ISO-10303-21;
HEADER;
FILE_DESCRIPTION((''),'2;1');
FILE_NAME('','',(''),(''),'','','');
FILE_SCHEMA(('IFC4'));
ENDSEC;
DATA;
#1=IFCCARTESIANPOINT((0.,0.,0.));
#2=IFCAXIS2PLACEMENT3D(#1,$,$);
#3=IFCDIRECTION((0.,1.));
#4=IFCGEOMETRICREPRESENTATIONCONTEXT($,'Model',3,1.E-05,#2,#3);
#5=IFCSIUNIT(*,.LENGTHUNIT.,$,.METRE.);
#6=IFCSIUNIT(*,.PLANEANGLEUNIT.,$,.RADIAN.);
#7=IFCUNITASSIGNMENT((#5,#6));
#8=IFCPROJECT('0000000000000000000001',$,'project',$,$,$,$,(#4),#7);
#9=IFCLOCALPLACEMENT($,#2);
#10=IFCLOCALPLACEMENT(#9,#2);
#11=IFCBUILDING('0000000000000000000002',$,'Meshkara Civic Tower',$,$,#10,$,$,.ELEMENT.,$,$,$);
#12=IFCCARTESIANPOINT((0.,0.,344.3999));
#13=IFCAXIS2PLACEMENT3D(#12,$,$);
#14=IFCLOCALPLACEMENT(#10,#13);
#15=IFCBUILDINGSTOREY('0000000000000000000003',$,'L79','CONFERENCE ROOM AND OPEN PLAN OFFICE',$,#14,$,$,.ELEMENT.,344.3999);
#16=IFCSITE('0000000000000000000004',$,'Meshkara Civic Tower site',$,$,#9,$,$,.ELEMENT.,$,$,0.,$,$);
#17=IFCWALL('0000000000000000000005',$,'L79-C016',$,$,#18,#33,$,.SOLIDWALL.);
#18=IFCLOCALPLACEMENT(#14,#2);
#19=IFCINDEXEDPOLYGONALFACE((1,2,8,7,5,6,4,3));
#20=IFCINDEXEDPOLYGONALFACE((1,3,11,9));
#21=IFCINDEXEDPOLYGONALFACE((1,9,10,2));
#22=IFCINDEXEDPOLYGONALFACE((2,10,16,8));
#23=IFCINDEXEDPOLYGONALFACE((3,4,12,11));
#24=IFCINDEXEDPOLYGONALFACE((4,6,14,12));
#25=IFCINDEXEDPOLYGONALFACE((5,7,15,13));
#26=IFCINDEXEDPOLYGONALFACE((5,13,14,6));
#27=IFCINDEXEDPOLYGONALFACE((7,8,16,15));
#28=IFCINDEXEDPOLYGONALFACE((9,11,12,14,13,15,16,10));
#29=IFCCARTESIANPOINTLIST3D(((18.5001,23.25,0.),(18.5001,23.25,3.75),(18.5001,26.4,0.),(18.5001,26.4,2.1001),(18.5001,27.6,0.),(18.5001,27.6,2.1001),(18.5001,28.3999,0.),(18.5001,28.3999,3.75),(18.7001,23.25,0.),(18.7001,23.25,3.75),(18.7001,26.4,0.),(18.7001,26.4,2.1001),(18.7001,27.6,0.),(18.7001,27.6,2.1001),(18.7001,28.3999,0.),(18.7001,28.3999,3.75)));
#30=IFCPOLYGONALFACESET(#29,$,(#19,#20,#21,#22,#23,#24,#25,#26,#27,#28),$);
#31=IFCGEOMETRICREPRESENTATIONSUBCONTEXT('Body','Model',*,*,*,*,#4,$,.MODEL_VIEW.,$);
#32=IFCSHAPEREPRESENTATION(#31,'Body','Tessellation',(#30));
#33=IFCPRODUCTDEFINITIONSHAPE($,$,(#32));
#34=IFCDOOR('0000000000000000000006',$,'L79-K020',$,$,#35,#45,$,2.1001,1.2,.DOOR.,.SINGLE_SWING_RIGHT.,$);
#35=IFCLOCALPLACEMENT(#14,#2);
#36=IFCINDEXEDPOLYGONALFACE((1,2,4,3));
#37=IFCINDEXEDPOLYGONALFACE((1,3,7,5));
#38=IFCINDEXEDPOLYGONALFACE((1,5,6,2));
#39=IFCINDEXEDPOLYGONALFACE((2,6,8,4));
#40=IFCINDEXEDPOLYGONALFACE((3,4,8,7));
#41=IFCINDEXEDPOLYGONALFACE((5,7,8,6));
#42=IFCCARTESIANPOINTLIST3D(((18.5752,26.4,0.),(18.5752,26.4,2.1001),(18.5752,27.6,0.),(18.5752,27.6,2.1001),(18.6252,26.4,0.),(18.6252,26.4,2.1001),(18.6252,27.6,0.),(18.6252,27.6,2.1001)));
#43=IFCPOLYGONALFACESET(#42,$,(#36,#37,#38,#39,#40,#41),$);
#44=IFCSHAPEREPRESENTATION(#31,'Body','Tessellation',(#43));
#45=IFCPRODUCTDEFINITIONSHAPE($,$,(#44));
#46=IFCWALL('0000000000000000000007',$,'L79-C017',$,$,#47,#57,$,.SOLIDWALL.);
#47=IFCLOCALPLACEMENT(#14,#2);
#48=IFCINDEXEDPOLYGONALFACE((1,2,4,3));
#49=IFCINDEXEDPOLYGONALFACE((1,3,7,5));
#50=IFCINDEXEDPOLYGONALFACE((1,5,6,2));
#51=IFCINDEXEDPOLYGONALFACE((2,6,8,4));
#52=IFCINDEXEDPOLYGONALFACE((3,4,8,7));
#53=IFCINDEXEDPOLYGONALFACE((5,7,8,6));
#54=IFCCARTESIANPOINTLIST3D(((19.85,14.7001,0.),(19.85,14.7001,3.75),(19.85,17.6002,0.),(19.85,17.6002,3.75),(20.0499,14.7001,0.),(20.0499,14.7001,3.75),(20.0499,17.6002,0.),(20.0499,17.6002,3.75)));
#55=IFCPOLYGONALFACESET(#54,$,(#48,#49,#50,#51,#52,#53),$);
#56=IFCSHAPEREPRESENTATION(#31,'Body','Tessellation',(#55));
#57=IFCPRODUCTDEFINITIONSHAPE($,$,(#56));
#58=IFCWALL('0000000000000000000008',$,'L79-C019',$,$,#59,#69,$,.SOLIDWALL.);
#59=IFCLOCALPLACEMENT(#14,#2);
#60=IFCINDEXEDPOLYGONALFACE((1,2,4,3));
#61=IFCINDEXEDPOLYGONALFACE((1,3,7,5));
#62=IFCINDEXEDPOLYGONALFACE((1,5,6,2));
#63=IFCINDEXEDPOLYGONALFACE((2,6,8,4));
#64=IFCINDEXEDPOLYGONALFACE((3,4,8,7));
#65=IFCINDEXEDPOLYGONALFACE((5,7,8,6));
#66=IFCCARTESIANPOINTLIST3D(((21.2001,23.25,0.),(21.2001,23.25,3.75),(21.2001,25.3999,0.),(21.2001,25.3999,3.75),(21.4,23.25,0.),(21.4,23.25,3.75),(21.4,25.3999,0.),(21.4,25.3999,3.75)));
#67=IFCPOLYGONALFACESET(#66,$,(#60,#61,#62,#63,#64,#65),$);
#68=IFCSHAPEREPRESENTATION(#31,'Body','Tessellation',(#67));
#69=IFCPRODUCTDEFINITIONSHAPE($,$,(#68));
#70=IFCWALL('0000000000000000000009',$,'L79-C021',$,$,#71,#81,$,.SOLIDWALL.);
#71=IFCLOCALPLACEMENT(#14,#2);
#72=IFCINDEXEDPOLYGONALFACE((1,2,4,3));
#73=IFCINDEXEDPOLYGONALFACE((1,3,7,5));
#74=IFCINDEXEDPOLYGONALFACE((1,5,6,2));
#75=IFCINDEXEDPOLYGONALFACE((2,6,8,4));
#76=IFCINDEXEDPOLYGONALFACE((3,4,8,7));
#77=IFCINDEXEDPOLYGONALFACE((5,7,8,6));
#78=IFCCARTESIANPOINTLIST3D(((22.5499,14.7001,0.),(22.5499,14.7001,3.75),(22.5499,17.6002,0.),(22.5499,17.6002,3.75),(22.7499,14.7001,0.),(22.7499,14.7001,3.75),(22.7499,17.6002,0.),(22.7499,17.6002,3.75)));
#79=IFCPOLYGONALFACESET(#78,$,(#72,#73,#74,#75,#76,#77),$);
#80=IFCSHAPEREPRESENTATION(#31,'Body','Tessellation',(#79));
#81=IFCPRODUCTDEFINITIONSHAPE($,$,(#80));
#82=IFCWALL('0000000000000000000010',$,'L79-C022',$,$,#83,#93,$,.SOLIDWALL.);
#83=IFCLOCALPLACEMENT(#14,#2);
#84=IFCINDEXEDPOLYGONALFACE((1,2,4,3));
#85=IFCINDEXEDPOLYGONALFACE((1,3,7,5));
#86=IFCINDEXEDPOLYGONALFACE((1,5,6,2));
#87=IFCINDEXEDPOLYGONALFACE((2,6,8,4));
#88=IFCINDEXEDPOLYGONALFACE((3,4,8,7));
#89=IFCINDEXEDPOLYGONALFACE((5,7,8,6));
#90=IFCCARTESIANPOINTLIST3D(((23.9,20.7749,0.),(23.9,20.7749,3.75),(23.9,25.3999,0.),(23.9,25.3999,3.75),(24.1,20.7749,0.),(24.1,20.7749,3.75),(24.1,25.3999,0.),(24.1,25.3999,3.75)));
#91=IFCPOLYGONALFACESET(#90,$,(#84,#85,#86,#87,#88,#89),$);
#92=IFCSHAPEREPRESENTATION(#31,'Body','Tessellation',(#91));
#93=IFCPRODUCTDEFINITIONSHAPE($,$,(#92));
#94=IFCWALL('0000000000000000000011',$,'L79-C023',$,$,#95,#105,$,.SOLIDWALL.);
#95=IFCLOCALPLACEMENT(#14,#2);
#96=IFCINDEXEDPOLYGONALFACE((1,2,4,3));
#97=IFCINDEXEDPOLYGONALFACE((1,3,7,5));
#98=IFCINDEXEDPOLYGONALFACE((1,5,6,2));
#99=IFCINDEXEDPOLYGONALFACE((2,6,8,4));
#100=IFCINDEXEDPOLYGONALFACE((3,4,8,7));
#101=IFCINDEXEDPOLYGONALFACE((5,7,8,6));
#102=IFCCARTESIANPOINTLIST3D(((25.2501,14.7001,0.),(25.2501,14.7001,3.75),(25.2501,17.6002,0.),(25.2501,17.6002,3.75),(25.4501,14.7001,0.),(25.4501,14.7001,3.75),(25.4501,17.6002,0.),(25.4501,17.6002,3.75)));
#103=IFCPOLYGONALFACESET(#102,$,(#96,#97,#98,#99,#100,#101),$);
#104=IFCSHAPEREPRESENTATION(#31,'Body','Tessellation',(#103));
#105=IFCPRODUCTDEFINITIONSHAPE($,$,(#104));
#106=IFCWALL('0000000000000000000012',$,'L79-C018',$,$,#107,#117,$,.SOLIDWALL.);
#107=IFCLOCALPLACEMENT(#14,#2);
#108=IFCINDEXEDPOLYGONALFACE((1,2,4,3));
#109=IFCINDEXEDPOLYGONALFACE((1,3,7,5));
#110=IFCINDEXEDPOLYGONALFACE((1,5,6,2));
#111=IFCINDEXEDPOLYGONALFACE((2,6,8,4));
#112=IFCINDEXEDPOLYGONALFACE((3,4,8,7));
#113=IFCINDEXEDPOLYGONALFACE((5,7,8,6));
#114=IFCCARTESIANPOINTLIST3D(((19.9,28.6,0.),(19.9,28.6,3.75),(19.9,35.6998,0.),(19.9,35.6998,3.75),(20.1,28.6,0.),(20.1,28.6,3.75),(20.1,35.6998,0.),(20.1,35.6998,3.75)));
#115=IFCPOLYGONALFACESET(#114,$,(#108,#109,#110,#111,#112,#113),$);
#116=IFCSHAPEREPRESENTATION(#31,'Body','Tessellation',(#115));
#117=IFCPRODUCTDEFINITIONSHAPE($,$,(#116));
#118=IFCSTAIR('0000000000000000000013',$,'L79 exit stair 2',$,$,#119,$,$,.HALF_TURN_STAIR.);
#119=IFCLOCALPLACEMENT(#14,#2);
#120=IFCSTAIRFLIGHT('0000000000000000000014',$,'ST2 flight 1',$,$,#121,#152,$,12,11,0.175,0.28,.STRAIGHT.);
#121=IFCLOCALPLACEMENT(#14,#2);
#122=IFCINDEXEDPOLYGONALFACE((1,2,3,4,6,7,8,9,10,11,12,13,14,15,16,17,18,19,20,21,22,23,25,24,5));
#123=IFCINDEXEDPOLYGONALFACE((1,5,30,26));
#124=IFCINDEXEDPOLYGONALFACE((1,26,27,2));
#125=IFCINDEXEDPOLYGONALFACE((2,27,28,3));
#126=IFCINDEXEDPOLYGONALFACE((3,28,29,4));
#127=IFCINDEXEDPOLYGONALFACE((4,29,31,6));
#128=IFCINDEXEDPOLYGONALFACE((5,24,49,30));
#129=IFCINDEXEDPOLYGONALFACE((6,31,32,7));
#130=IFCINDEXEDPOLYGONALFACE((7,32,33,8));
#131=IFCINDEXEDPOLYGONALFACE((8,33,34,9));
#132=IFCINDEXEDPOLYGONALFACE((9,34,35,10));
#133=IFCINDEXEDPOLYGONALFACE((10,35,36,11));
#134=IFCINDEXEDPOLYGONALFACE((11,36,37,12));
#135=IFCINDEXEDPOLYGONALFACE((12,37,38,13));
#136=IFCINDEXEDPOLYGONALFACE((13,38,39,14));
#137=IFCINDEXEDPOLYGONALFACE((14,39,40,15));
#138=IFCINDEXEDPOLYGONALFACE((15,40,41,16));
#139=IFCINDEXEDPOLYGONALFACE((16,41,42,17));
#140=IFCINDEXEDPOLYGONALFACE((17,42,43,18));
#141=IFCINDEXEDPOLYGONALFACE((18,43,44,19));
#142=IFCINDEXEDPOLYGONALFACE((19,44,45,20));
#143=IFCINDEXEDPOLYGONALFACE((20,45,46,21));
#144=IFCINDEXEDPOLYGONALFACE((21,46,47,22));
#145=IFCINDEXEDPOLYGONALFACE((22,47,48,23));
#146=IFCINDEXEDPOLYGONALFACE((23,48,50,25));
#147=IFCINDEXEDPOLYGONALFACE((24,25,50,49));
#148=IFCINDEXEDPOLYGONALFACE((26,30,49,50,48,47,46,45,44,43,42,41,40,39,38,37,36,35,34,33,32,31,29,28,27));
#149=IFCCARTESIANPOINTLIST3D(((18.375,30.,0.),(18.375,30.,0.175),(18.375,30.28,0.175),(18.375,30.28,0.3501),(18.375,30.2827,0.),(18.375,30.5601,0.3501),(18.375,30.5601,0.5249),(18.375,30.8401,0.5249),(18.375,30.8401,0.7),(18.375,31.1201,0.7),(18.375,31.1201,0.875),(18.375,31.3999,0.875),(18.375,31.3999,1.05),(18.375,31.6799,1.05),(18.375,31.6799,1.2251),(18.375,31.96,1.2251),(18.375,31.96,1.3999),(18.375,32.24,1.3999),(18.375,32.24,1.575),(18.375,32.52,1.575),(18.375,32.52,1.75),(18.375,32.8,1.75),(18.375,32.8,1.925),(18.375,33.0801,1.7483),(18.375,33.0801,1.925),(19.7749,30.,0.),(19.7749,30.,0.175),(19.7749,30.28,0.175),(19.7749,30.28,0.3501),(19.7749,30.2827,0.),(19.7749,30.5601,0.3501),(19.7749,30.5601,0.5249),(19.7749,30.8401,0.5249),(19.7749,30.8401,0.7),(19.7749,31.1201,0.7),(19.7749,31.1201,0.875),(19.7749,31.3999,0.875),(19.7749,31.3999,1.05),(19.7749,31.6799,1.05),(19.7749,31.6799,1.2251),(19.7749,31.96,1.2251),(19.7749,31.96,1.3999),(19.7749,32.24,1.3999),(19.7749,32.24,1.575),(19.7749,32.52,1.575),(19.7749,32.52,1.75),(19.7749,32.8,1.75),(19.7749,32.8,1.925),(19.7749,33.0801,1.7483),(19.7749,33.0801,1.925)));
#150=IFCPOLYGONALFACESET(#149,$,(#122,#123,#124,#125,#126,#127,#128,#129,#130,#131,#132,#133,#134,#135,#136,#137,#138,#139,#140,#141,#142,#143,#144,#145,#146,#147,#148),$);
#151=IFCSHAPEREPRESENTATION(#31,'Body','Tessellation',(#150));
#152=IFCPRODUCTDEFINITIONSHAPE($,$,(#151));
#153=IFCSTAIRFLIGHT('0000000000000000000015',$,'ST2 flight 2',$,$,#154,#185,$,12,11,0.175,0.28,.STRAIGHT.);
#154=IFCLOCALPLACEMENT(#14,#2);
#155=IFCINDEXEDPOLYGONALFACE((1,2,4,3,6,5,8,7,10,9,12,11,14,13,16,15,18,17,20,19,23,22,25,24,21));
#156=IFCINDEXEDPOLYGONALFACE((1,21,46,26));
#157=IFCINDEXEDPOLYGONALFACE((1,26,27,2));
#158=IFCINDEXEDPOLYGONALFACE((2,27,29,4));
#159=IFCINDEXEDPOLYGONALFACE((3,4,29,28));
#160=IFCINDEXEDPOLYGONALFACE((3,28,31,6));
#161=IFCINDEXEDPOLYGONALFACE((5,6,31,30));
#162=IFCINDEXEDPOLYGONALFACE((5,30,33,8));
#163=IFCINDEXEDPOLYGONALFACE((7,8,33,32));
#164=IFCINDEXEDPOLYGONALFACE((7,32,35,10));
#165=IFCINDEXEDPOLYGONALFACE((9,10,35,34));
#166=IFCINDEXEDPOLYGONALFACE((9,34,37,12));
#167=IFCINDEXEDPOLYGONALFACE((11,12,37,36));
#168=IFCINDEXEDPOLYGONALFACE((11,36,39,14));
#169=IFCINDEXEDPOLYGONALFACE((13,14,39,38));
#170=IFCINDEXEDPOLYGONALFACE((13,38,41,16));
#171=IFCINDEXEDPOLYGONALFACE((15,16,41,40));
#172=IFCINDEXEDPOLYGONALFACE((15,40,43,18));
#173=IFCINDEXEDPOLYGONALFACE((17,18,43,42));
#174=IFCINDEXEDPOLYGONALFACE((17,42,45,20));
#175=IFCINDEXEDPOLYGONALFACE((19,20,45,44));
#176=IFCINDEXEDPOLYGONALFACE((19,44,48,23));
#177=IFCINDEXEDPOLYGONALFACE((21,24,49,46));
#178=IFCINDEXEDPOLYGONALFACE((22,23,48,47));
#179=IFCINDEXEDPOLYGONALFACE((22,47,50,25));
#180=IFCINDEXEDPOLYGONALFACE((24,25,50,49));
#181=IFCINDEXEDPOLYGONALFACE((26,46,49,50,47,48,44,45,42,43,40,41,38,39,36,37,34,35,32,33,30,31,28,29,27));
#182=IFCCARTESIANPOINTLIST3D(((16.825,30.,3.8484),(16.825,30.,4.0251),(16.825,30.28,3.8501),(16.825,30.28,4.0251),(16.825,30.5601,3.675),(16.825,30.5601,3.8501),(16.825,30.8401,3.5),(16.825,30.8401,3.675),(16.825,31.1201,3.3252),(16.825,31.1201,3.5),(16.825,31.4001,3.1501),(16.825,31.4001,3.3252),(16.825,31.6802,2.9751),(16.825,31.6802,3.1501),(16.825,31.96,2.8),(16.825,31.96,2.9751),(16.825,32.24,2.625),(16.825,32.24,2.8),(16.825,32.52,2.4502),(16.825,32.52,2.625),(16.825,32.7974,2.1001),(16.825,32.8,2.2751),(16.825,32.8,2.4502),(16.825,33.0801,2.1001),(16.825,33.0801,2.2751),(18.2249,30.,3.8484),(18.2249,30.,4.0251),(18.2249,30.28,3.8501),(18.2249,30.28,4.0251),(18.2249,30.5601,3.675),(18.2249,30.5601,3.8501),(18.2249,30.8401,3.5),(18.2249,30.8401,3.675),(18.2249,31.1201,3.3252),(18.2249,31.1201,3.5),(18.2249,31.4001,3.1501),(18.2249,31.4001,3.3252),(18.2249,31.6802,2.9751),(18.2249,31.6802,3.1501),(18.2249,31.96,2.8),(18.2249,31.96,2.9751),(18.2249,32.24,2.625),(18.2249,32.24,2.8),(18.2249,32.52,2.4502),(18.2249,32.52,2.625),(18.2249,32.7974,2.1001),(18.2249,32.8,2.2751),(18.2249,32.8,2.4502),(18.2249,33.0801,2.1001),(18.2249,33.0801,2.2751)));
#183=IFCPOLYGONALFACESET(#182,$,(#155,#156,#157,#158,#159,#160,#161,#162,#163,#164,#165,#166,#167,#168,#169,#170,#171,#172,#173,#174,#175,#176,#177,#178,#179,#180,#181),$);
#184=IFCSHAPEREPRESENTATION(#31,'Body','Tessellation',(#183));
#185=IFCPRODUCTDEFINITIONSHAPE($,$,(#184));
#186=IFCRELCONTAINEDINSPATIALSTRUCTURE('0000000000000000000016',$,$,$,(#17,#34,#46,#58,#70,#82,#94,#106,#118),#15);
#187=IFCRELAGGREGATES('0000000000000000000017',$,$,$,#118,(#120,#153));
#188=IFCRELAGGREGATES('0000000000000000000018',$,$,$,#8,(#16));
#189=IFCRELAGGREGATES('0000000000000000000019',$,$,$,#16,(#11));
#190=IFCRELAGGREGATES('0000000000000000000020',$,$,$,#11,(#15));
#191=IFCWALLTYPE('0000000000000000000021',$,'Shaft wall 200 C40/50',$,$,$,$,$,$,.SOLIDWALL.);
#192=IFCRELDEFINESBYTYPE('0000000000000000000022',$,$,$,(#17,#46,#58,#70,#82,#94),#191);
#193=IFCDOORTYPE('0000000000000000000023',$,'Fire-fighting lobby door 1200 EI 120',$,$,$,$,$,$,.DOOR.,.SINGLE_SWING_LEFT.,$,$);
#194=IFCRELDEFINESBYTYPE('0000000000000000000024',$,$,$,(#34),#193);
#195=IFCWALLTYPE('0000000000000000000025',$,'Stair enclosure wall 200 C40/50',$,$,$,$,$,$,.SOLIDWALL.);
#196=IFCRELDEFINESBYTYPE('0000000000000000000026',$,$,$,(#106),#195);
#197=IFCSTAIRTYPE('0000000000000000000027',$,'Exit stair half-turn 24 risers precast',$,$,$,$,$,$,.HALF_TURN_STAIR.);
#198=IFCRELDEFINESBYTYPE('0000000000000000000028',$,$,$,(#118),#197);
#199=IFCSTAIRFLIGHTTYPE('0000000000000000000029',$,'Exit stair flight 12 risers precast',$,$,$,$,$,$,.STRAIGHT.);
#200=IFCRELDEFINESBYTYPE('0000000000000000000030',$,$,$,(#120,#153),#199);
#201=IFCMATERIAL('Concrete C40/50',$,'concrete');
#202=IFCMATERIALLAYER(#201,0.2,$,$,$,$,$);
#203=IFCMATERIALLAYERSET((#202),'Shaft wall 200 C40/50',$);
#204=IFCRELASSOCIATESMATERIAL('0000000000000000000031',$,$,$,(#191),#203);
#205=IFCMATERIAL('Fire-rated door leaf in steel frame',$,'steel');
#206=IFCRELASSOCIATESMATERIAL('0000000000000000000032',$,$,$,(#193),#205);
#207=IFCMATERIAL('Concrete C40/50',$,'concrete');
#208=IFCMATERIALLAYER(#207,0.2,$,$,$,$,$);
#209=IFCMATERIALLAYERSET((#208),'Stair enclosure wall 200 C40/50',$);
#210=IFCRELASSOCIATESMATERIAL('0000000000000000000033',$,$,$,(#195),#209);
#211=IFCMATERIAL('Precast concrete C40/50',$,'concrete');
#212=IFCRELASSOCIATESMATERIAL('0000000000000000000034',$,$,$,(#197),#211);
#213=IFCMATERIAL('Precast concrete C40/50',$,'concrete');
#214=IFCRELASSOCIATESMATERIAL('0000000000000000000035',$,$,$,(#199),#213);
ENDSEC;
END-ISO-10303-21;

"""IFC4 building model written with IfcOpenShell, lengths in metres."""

from ifc_helpers import new_model, si_unit, direction, frame, frame_2d, origin, place, context, subcontext, project, spatial, polyline, rectangle, outline, extrude, material, layer, layer_set, type_object, element, fill, aggregate, save


model = new_model("IFC4")

# Units and contexts
model_context = context("Model", 3, precision=1e-05, world=origin(), true_north=direction((0.0, 1.0)))
body_context = subcontext(model_context, "Body", "Model", "MODEL_VIEW")
ifc_project = project(units=[si_unit("LENGTHUNIT", "METRE"), si_unit("PLANEANGLEUNIT", "RADIAN")], contexts=[model_context])

# Site, building, storey
site_placement = place(None, origin())
site = spatial("IfcSite", under=ifc_project, at=site_placement, Name="Meshkara Civic Tower site", CompositionType="ELEMENT", RefElevation=0.0)
building_placement = place(site_placement, origin())
building = spatial("IfcBuilding", under=site, at=building_placement, Name="Meshkara Civic Tower", CompositionType="ELEMENT")
storey_placement = place(building_placement, frame((0.0, 0.0, 344.3999)))
storey = spatial("IfcBuildingStorey", under=building, at=storey_placement, Name="L79", Description="CONFERENCE ROOM AND OPEN PLAN OFFICE", CompositionType="ELEMENT", Elevation=344.3999)

# Shared definitions
ifc_material_1 = material(Name="Concrete C40/50", Category="concrete")
ifc_layer_1 = layer(ifc_material_1, 0.2)
ifc_layer_set_1 = layer_set([ifc_layer_1], Name="Shaft wall 200 C40/50")
wall_type_1 = type_object("IfcWallType", Name="Shaft wall 200 C40/50", PredefinedType="SOLIDWALL", material=ifc_layer_set_1)

# Wall, opening, door
wall_1_placement = place(storey_placement, frame((18.6001, 23.25, 0.0), z_axis=(0.0, 0.0, 1.0), x_axis=(0.0, 1.0, 0.0)))
wall_1 = element("IfcWall", 1, at=wall_1_placement, inside=storey, type_object=wall_type_1, Name="L79-C016", PredefinedType="SOLIDWALL", context=body_context, shape_type="SweptSolid", body=[
    extrude(rectangle(XDim=5.1499, YDim=0.2, at=frame_2d((2.575, 0.0))), origin(), (0.0, 0.0, 1.0), 3.75),
])
opening_1_placement = place(wall_1_placement, frame((3.1499, 0.0, 0.0)))
opening_1 = element("IfcOpeningElement", 2, at=opening_1_placement, cuts=wall_1, PredefinedType="OPENING", context=body_context, shape_type="SweptSolid", body=[
    extrude(rectangle(XDim=1.2, YDim=2.1001, at=frame_2d((0.6001, 1.05))), frame((0.0, 0.1099, 0.0), z_axis=(0.0, -1.0, 0.0), x_axis=(1.0, 0.0, 0.0)), (0.0, 0.0, 1.0), 0.22),
])
ifc_material_2 = material(Name="Fire-rated door leaf in steel frame", Category="steel")
door_type_1 = type_object("IfcDoorType", Name="Fire-fighting lobby door 1200 EI 120", OperationType="SINGLE_SWING_LEFT", PredefinedType="DOOR", material=ifc_material_2)
door_1_placement = place(opening_1_placement, origin())
door_1 = element("IfcDoor", 3, at=door_1_placement, inside=storey, type_object=door_type_1, Name="L79-K020", OperationType="SINGLE_SWING_RIGHT", OverallHeight=2.1001, OverallWidth=1.2, PredefinedType="DOOR", context=body_context, shape_type="SweptSolid", body=[
    extrude(rectangle(XDim=1.2, YDim=2.1001, at=frame_2d((0.6001, 1.05))), frame((0.0, 0.0249, 0.0), z_axis=(0.0, -1.0, 0.0), x_axis=(1.0, 0.0, 0.0)), (0.0, 0.0, 1.0), 0.05),
])
fill(opening_1, door_1)

# Walls
wall_2_placement = place(storey_placement, frame((19.95, 14.7, 0.0), z_axis=(0.0, 0.0, 1.0), x_axis=(0.0, 1.0, 0.0)))
element("IfcWall", 4, at=wall_2_placement, inside=storey, type_object=wall_type_1, Name="L79-C017", PredefinedType="SOLIDWALL", context=body_context, shape_type="SweptSolid", body=[
    extrude(rectangle(XDim=2.9001, YDim=0.2, at=frame_2d((1.4502, 0.0))), origin(), (0.0, 0.0, 1.0), 3.75),
])
wall_3_placement = place(storey_placement, frame((21.3, 23.25, 0.0), z_axis=(0.0, 0.0, 1.0), x_axis=(0.0, 1.0, 0.0)))
element("IfcWall", 5, at=wall_3_placement, inside=storey, type_object=wall_type_1, Name="L79-C019", PredefinedType="SOLIDWALL", context=body_context, shape_type="SweptSolid", body=[
    extrude(rectangle(XDim=2.1499, YDim=0.2, at=frame_2d((1.075, 0.0))), origin(), (0.0, 0.0, 1.0), 3.75),
])
wall_4_placement = place(storey_placement, frame((22.6499, 14.7, 0.0), z_axis=(0.0, 0.0, 1.0), x_axis=(0.0, 1.0, 0.0)))
element("IfcWall", 6, at=wall_4_placement, inside=storey, type_object=wall_type_1, Name="L79-C021", PredefinedType="SOLIDWALL", context=body_context, shape_type="SweptSolid", body=[
    extrude(rectangle(XDim=2.9001, YDim=0.2, at=frame_2d((1.4502, 0.0))), origin(), (0.0, 0.0, 1.0), 3.75),
])
wall_5_placement = place(storey_placement, frame((24.0, 20.7749, 0.0), z_axis=(0.0, 0.0, 1.0), x_axis=(0.0, 1.0, 0.0)))
element("IfcWall", 7, at=wall_5_placement, inside=storey, type_object=wall_type_1, Name="L79-C022", PredefinedType="SOLIDWALL", context=body_context, shape_type="SweptSolid", body=[
    extrude(rectangle(XDim=4.625, YDim=0.2, at=frame_2d((2.3125, 0.0))), origin(), (0.0, 0.0, 1.0), 3.75),
])
wall_6_placement = place(storey_placement, frame((25.3501, 14.7, 0.0), z_axis=(0.0, 0.0, 1.0), x_axis=(0.0, 1.0, 0.0)))
element("IfcWall", 8, at=wall_6_placement, inside=storey, type_object=wall_type_1, Name="L79-C023", PredefinedType="SOLIDWALL", context=body_context, shape_type="SweptSolid", body=[
    extrude(rectangle(XDim=2.9001, YDim=0.2, at=frame_2d((1.4502, 0.0))), origin(), (0.0, 0.0, 1.0), 3.75),
])
ifc_material_3 = material(Name="Concrete C40/50", Category="concrete")
ifc_layer_2 = layer(ifc_material_3, 0.2)
ifc_layer_set_2 = layer_set([ifc_layer_2], Name="Stair enclosure wall 200 C40/50")
wall_type_2 = type_object("IfcWallType", Name="Stair enclosure wall 200 C40/50", PredefinedType="SOLIDWALL", material=ifc_layer_set_2)
wall_7_placement = place(storey_placement, frame((20.0, 28.6001, 0.0), z_axis=(0.0, 0.0, 1.0), x_axis=(0.0, 1.0, 0.0)))
element("IfcWall", 9, at=wall_7_placement, inside=storey, type_object=wall_type_2, Name="L79-C018", PredefinedType="SOLIDWALL", context=body_context, shape_type="SweptSolid", body=[
    extrude(rectangle(XDim=7.0999, YDim=0.2, at=frame_2d((3.5498, 0.0))), origin(), (0.0, 0.0, 1.0), 3.75),
])

# Stair, stair flights
ifc_material_4 = material(Name="Precast concrete C40/50", Category="concrete")
stair_type = type_object("IfcStairType", Name="Exit stair half-turn 24 risers precast", PredefinedType="HALF_TURN_STAIR", material=ifc_material_4)
stair_placement = place(storey_placement, origin())
stair = element("IfcStair", 10, at=stair_placement, inside=storey, type_object=stair_type, Name="L79 exit stair 2", PredefinedType="HALF_TURN_STAIR")
ifc_material_5 = material(Name="Precast concrete C40/50", Category="concrete")
stair_flight_type = type_object("IfcStairFlightType", Name="Exit stair flight 12 risers precast", PredefinedType="STRAIGHT", material=ifc_material_5)
stair_flight_1_placement = place(storey_placement, frame((19.075, 30.0, 0.0), z_axis=(0.0, 0.0, 1.0), x_axis=(0.0, 1.0, 0.0)))
stair_flight_1 = element("IfcStairFlight", 11, at=stair_flight_1_placement, type_object=stair_flight_type, Name="ST2 flight 1", NumberOfRisers=12, NumberOfTreads=11, PredefinedType="STRAIGHT", RiserHeight=0.175, TreadLength=0.28, context=body_context, shape_type="SweptSolid", body=[
    extrude(outline(polyline([(0.0, 0.0), (0.0, 0.175), (0.28, 0.175), (0.28, 0.3501), (0.5601, 0.3501), (0.5601, 0.5249), (0.8401, 0.5249), (0.8401, 0.7), (1.1201, 0.7), (1.1201, 0.875), (1.3999, 0.875), (1.3999, 1.05), (1.6799, 1.05), (1.6799, 1.2251), (1.96, 1.2251), (1.96, 1.3999), (2.24, 1.3999), (2.24, 1.575), (2.52, 1.575), (2.52, 1.75), (2.8, 1.75), (2.8, 1.925), (3.0801, 1.925), (3.0801, 2.1001), (3.0801, 1.7483), (0.2827, 0.0), (0.0, 0.0)])), frame((0.0, 0.7, 0.0), z_axis=(0.0, -1.0, 0.0), x_axis=(1.0, 0.0, 0.0)), (0.0, 0.0, 1.0), 1.3999),
])
stair_flight_2_placement = place(storey_placement, frame((17.5249, 33.0801, 2.1001), z_axis=(0.0, 0.0, 1.0), x_axis=(0.0, -1.0, 0.0)))
stair_flight_2 = element("IfcStairFlight", 12, at=stair_flight_2_placement, type_object=stair_flight_type, Name="ST2 flight 2", NumberOfRisers=12, NumberOfTreads=11, PredefinedType="STRAIGHT", RiserHeight=0.175, TreadLength=0.28, context=body_context, shape_type="SweptSolid", body=[
    extrude(outline(polyline([(0.0, 0.0), (0.0, 0.175), (0.28, 0.175), (0.28, 0.3501), (0.5601, 0.3501), (0.5601, 0.5249), (0.8401, 0.5249), (0.8401, 0.7), (1.1201, 0.7), (1.1201, 0.875), (1.3999, 0.875), (1.3999, 1.05), (1.6799, 1.05), (1.6799, 1.2251), (1.96, 1.2251), (1.96, 1.3999), (2.24, 1.3999), (2.24, 1.575), (2.52, 1.575), (2.52, 1.75), (2.8, 1.75), (2.8, 1.925), (3.0801, 1.925), (3.0801, 2.1001), (3.0801, 1.7483), (0.2827, 0.0), (0.0, 0.0)])), frame((0.0, 0.7, 0.0), z_axis=(0.0, -1.0, 0.0), x_axis=(1.0, 0.0, 0.0)), (0.0, 0.0, 1.0), 1.3999),
])
aggregate(stair, [stair_flight_1, stair_flight_2])

save(model, "model.ifc")
